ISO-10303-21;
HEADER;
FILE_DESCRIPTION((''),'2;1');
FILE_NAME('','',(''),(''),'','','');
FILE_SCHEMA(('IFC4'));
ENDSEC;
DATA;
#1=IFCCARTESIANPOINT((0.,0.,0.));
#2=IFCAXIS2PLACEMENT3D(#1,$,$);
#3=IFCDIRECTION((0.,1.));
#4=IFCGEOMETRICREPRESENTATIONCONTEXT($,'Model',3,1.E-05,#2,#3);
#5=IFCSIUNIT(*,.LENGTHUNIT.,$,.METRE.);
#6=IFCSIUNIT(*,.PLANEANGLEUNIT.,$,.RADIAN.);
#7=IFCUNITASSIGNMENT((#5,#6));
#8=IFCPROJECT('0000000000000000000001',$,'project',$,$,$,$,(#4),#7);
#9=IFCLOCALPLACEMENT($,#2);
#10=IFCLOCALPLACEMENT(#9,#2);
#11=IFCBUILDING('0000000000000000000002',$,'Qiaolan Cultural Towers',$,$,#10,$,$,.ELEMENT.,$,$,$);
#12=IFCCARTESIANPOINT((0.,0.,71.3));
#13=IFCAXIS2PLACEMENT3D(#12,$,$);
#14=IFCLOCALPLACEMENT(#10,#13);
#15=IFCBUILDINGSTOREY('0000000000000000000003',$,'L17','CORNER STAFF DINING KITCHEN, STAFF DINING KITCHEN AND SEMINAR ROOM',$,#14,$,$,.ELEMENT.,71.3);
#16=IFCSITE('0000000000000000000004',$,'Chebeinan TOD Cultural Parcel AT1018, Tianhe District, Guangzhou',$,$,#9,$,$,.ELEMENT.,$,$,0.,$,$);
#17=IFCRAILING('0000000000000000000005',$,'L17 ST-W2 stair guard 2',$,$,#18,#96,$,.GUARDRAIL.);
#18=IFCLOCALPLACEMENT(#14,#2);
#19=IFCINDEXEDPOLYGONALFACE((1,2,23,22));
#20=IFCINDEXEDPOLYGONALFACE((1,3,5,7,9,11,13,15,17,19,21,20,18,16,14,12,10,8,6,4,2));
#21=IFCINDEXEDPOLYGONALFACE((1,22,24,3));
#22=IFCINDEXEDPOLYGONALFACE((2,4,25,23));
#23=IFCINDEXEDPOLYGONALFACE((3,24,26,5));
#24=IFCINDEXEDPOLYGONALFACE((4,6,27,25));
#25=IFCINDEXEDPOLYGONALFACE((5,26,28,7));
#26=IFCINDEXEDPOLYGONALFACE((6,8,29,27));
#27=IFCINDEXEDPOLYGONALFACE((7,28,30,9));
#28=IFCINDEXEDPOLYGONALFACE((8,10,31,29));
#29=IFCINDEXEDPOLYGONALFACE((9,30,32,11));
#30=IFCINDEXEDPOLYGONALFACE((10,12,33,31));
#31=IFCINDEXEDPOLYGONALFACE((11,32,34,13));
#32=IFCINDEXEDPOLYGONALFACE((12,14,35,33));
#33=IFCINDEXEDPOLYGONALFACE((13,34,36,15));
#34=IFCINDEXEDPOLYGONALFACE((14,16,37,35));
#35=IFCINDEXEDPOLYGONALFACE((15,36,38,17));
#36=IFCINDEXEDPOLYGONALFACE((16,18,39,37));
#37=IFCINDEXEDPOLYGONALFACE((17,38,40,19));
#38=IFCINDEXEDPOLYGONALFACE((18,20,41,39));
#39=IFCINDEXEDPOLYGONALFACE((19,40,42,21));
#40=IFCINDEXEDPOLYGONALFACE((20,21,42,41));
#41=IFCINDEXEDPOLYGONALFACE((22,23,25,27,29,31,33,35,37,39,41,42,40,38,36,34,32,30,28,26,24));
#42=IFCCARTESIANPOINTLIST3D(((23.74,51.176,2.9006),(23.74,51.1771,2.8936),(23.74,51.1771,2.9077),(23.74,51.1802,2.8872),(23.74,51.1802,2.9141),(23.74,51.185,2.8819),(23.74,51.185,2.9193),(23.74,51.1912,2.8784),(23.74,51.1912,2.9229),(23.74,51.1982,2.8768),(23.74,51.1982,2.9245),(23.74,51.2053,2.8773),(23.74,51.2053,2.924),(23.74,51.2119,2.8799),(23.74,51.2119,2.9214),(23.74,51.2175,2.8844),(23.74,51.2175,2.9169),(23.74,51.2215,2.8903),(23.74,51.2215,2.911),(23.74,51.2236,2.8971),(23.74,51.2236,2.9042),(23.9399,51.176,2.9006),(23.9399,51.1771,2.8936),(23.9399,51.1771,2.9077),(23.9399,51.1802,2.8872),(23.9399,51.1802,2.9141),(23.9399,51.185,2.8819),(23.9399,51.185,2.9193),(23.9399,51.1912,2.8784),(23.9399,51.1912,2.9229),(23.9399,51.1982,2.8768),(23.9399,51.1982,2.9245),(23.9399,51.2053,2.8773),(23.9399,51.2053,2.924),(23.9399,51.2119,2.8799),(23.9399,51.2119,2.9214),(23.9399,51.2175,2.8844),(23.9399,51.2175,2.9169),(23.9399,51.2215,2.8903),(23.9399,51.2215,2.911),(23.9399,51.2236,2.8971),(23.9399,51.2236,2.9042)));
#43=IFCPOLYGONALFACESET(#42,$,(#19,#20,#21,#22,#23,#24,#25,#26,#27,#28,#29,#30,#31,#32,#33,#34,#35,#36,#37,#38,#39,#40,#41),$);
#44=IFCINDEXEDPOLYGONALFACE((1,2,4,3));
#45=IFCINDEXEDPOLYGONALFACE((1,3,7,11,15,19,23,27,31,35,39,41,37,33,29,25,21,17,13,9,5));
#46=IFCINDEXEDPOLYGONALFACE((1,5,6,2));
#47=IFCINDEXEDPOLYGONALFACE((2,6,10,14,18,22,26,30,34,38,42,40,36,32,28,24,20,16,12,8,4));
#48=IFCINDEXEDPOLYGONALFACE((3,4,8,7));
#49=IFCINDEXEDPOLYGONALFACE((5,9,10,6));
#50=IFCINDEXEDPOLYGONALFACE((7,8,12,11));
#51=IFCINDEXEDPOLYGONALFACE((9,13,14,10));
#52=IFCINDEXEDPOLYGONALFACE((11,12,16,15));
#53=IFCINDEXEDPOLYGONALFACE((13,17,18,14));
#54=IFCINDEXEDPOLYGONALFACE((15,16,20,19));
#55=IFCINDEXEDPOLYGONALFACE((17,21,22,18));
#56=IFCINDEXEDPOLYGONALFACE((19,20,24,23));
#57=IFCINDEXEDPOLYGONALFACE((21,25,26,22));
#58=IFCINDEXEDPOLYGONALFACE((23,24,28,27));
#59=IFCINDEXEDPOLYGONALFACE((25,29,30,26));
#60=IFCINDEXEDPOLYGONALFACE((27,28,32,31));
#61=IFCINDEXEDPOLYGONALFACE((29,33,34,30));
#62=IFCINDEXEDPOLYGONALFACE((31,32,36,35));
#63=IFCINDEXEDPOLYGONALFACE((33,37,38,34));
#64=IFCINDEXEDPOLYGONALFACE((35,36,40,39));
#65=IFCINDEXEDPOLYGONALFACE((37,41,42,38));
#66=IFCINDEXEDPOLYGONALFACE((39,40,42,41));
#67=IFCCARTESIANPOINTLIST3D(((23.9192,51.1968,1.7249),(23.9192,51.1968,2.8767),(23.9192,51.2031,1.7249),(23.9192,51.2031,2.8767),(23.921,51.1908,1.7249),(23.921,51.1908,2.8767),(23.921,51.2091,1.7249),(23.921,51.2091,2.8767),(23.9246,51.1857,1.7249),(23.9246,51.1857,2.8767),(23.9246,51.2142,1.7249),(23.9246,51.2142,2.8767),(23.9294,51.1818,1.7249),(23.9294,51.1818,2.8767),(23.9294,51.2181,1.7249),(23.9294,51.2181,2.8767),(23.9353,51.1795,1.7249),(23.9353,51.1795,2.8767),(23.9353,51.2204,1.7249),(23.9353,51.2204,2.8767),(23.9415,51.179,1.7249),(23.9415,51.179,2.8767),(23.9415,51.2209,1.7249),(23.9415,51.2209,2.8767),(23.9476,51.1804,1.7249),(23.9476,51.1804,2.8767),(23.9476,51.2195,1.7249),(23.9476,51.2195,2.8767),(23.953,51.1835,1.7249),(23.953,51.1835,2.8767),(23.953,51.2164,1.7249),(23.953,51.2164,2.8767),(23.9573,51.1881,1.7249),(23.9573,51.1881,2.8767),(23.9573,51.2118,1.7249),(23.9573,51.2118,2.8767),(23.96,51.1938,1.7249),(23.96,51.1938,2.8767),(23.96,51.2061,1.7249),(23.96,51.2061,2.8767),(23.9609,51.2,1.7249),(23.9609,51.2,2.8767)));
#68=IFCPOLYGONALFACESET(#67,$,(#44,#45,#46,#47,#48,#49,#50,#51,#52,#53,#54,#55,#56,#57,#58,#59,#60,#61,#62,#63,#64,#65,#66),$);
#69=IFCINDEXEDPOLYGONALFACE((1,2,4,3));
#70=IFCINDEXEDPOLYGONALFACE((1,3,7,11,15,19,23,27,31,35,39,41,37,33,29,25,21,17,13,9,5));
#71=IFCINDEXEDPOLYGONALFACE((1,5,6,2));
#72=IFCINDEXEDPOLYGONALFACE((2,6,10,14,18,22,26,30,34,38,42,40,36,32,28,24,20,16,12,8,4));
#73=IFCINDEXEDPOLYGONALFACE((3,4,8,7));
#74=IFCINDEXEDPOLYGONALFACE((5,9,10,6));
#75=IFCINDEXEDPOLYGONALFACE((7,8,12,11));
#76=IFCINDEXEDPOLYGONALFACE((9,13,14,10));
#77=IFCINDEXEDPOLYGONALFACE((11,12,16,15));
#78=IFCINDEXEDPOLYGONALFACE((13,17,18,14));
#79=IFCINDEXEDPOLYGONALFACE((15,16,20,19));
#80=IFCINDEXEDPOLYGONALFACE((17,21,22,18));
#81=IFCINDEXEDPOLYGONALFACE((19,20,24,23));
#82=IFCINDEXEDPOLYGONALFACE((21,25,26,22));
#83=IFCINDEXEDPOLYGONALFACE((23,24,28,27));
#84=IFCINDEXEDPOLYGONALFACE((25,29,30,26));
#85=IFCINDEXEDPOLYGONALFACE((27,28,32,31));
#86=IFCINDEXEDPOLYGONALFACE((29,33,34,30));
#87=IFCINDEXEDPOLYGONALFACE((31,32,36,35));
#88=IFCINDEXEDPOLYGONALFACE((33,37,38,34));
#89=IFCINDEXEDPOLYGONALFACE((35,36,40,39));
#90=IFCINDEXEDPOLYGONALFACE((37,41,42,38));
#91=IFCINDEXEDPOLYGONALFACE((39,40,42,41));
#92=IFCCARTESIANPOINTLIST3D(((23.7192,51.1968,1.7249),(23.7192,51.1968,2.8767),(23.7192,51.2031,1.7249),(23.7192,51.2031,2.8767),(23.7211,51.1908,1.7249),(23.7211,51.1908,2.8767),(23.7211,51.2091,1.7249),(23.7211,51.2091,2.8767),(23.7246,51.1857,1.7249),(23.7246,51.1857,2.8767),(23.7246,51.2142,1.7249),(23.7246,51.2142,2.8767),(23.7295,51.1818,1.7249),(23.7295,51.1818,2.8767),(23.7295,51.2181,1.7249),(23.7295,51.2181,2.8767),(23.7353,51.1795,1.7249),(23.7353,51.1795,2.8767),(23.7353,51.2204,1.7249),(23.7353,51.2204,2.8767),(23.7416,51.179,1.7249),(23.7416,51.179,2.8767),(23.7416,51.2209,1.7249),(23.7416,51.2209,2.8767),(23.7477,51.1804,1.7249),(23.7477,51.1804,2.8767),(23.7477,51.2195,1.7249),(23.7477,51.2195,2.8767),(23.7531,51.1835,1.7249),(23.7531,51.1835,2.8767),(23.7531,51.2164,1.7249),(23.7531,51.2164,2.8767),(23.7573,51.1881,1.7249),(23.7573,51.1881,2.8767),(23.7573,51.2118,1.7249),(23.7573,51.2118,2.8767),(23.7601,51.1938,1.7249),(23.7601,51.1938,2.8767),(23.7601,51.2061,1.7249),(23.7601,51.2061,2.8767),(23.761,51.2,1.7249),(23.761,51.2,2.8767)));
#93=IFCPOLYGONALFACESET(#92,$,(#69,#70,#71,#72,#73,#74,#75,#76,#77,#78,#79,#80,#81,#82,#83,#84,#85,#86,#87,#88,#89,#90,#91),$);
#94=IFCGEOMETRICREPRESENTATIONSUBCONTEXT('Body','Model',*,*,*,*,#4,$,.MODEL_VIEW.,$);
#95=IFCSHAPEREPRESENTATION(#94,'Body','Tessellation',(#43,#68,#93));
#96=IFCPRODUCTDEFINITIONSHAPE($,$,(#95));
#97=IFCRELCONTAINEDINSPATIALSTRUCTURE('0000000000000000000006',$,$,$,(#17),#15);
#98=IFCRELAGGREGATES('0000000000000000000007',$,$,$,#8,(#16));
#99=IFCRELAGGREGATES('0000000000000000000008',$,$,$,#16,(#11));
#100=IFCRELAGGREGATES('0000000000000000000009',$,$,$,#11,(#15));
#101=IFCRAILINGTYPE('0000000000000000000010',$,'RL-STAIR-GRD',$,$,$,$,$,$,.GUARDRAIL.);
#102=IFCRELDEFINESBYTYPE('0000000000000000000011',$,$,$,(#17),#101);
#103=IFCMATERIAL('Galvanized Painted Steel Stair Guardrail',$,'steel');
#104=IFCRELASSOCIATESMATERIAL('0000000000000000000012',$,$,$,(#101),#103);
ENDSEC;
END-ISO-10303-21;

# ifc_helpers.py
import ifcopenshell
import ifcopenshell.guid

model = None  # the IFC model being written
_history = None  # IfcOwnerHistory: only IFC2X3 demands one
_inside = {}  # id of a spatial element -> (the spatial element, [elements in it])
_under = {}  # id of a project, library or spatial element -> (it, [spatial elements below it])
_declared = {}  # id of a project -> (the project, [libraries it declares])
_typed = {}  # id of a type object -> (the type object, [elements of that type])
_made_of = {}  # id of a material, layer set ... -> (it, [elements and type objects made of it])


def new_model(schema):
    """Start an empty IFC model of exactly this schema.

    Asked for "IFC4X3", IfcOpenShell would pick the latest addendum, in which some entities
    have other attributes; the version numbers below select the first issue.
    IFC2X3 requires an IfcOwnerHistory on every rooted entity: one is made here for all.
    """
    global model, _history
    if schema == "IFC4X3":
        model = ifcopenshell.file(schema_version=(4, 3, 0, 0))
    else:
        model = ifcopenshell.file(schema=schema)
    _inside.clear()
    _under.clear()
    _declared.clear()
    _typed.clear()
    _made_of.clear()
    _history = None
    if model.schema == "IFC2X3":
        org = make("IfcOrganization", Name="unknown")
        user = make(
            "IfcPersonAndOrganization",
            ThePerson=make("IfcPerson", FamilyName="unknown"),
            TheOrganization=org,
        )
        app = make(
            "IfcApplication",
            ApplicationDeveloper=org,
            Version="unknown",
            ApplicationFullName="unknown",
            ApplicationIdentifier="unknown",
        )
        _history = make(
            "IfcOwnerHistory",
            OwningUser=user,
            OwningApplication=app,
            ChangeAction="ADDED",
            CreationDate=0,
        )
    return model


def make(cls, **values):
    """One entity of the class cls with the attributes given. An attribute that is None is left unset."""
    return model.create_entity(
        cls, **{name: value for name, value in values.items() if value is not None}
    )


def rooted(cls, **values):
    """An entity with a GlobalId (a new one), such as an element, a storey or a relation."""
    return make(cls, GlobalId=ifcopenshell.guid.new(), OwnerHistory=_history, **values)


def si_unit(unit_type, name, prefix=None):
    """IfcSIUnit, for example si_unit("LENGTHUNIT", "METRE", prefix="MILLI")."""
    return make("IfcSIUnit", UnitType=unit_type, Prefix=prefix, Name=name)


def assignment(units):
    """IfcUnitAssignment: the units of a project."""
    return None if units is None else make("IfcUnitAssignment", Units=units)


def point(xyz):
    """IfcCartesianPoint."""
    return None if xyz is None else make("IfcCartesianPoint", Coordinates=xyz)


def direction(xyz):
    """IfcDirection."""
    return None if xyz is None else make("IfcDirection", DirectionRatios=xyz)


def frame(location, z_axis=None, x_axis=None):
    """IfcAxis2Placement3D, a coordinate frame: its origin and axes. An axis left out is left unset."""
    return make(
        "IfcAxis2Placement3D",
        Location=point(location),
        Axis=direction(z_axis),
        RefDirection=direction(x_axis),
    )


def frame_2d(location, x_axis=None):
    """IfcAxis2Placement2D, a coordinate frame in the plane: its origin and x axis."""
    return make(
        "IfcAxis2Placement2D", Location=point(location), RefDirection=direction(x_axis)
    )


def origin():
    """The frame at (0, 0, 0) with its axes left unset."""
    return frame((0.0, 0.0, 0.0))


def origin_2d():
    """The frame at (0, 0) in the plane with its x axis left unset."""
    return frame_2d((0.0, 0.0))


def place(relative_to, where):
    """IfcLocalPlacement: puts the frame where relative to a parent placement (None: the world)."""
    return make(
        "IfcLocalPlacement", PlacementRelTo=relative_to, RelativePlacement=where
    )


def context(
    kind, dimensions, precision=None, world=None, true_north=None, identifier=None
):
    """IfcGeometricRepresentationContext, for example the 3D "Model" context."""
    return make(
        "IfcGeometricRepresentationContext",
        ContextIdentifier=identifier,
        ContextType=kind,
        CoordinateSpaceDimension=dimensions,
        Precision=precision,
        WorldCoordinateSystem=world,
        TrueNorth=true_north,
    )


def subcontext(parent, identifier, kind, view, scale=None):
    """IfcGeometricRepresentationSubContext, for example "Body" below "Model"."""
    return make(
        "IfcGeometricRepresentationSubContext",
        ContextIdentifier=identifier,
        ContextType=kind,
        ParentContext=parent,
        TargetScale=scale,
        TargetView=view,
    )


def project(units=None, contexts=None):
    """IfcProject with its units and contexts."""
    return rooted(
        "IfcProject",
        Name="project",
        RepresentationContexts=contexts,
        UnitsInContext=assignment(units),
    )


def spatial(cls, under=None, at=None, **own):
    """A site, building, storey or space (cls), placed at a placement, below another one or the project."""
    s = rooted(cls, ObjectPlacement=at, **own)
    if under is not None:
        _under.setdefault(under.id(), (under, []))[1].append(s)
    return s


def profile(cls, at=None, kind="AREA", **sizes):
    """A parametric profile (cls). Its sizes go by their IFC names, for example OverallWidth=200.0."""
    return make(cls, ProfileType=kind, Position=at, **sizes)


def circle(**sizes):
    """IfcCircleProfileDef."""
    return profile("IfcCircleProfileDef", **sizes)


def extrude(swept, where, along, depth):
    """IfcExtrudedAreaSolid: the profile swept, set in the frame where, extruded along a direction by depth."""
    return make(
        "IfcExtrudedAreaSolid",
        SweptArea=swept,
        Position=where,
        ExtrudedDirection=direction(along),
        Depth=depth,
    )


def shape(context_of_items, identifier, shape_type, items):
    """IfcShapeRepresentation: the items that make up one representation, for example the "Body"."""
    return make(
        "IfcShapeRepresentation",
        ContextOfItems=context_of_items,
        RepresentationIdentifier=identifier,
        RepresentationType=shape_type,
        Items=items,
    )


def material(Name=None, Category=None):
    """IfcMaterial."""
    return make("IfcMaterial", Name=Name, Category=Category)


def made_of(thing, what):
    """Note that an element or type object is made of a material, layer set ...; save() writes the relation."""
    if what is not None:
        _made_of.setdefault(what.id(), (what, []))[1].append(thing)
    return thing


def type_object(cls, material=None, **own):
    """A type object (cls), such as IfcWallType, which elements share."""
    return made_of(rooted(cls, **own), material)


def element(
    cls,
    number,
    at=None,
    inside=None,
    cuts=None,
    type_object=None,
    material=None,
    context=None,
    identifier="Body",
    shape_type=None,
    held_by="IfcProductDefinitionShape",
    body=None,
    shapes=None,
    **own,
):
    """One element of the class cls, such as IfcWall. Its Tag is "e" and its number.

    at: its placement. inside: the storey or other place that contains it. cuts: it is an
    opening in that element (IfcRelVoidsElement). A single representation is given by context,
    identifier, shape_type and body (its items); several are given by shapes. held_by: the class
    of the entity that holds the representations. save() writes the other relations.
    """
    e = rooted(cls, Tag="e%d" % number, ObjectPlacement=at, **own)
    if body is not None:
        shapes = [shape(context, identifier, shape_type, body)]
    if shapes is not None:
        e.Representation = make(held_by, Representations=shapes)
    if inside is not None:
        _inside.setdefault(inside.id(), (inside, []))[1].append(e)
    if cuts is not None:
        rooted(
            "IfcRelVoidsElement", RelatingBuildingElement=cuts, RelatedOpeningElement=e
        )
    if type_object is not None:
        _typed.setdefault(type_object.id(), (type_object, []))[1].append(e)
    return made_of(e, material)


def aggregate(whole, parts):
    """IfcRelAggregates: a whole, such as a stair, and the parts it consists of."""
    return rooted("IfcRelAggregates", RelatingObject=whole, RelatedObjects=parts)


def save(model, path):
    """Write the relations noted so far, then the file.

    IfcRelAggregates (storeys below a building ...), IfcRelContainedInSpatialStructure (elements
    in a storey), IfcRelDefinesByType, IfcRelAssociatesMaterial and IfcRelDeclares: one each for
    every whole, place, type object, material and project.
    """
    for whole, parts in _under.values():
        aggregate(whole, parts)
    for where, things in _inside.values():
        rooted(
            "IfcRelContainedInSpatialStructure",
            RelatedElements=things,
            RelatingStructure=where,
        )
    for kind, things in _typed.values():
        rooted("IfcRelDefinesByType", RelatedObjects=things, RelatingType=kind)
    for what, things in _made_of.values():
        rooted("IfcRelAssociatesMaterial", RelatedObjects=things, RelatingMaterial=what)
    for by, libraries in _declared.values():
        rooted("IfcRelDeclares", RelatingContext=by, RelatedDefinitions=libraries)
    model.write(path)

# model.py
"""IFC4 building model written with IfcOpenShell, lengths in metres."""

from ifc_helpers import new_model, si_unit, direction, frame, origin, origin_2d, place, context, subcontext, project, spatial, circle, extrude, material, type_object, element, save


model = new_model("IFC4")

# Units and contexts
model_context = context("Model", 3, precision=1e-05, world=origin(), true_north=direction((0.0, 1.0)))
body_context = subcontext(model_context, "Body", "Model", "MODEL_VIEW")
ifc_project = project(units=[si_unit("LENGTHUNIT", "METRE"), si_unit("PLANEANGLEUNIT", "RADIAN")], contexts=[model_context])

# Site, building, storey
site_placement = place(None, origin())
site = spatial("IfcSite", under=ifc_project, at=site_placement, Name="Chebeinan TOD Cultural Parcel AT1018, Tianhe District, Guangzhou", CompositionType="ELEMENT", RefElevation=0.0)
building_placement = place(site_placement, origin())
building = spatial("IfcBuilding", under=site, at=building_placement, Name="Qiaolan Cultural Towers", CompositionType="ELEMENT")
storey_placement = place(building_placement, frame((0.0, 0.0, 71.3)))
storey = spatial("IfcBuildingStorey", under=building, at=storey_placement, Name="L17", Description="CORNER STAFF DINING KITCHEN, STAFF DINING KITCHEN AND SEMINAR ROOM", CompositionType="ELEMENT", Elevation=71.3)

# Railing
ifc_material_1 = material(Name="Galvanized Painted Steel Stair Guardrail", Category="steel")
railing_type_1 = type_object("IfcRailingType", Name="RL-STAIR-GRD", PredefinedType="GUARDRAIL", material=ifc_material_1)
railing_1_placement = place(storey_placement, frame((23.9399, 51.2, 1.7249)))
element("IfcRailing", 1, at=railing_1_placement, inside=storey, type_object=railing_type_1, Name="L17 ST-W2 stair guard 2", PredefinedType="GUARDRAIL", context=body_context, shape_type="SweptSolid", body=[
    extrude(circle(Radius=0.0239, at=origin_2d()), frame((0.0, 0.0, 1.1758), z_axis=(-1.0, 0.0, 0.0), x_axis=(0.0, -1.0, 0.0)), (0.0, 0.0, 1.0), 0.2),
    extrude(circle(Radius=0.021, at=origin_2d()), origin(), (0.0, 0.0, 1.0), 1.1519),
    extrude(circle(Radius=0.021, at=origin_2d()), frame((-0.2, 0.0, 0.0)), (0.0, 0.0, 1.0), 1.1519),
])

save(model, "model.ifc")
